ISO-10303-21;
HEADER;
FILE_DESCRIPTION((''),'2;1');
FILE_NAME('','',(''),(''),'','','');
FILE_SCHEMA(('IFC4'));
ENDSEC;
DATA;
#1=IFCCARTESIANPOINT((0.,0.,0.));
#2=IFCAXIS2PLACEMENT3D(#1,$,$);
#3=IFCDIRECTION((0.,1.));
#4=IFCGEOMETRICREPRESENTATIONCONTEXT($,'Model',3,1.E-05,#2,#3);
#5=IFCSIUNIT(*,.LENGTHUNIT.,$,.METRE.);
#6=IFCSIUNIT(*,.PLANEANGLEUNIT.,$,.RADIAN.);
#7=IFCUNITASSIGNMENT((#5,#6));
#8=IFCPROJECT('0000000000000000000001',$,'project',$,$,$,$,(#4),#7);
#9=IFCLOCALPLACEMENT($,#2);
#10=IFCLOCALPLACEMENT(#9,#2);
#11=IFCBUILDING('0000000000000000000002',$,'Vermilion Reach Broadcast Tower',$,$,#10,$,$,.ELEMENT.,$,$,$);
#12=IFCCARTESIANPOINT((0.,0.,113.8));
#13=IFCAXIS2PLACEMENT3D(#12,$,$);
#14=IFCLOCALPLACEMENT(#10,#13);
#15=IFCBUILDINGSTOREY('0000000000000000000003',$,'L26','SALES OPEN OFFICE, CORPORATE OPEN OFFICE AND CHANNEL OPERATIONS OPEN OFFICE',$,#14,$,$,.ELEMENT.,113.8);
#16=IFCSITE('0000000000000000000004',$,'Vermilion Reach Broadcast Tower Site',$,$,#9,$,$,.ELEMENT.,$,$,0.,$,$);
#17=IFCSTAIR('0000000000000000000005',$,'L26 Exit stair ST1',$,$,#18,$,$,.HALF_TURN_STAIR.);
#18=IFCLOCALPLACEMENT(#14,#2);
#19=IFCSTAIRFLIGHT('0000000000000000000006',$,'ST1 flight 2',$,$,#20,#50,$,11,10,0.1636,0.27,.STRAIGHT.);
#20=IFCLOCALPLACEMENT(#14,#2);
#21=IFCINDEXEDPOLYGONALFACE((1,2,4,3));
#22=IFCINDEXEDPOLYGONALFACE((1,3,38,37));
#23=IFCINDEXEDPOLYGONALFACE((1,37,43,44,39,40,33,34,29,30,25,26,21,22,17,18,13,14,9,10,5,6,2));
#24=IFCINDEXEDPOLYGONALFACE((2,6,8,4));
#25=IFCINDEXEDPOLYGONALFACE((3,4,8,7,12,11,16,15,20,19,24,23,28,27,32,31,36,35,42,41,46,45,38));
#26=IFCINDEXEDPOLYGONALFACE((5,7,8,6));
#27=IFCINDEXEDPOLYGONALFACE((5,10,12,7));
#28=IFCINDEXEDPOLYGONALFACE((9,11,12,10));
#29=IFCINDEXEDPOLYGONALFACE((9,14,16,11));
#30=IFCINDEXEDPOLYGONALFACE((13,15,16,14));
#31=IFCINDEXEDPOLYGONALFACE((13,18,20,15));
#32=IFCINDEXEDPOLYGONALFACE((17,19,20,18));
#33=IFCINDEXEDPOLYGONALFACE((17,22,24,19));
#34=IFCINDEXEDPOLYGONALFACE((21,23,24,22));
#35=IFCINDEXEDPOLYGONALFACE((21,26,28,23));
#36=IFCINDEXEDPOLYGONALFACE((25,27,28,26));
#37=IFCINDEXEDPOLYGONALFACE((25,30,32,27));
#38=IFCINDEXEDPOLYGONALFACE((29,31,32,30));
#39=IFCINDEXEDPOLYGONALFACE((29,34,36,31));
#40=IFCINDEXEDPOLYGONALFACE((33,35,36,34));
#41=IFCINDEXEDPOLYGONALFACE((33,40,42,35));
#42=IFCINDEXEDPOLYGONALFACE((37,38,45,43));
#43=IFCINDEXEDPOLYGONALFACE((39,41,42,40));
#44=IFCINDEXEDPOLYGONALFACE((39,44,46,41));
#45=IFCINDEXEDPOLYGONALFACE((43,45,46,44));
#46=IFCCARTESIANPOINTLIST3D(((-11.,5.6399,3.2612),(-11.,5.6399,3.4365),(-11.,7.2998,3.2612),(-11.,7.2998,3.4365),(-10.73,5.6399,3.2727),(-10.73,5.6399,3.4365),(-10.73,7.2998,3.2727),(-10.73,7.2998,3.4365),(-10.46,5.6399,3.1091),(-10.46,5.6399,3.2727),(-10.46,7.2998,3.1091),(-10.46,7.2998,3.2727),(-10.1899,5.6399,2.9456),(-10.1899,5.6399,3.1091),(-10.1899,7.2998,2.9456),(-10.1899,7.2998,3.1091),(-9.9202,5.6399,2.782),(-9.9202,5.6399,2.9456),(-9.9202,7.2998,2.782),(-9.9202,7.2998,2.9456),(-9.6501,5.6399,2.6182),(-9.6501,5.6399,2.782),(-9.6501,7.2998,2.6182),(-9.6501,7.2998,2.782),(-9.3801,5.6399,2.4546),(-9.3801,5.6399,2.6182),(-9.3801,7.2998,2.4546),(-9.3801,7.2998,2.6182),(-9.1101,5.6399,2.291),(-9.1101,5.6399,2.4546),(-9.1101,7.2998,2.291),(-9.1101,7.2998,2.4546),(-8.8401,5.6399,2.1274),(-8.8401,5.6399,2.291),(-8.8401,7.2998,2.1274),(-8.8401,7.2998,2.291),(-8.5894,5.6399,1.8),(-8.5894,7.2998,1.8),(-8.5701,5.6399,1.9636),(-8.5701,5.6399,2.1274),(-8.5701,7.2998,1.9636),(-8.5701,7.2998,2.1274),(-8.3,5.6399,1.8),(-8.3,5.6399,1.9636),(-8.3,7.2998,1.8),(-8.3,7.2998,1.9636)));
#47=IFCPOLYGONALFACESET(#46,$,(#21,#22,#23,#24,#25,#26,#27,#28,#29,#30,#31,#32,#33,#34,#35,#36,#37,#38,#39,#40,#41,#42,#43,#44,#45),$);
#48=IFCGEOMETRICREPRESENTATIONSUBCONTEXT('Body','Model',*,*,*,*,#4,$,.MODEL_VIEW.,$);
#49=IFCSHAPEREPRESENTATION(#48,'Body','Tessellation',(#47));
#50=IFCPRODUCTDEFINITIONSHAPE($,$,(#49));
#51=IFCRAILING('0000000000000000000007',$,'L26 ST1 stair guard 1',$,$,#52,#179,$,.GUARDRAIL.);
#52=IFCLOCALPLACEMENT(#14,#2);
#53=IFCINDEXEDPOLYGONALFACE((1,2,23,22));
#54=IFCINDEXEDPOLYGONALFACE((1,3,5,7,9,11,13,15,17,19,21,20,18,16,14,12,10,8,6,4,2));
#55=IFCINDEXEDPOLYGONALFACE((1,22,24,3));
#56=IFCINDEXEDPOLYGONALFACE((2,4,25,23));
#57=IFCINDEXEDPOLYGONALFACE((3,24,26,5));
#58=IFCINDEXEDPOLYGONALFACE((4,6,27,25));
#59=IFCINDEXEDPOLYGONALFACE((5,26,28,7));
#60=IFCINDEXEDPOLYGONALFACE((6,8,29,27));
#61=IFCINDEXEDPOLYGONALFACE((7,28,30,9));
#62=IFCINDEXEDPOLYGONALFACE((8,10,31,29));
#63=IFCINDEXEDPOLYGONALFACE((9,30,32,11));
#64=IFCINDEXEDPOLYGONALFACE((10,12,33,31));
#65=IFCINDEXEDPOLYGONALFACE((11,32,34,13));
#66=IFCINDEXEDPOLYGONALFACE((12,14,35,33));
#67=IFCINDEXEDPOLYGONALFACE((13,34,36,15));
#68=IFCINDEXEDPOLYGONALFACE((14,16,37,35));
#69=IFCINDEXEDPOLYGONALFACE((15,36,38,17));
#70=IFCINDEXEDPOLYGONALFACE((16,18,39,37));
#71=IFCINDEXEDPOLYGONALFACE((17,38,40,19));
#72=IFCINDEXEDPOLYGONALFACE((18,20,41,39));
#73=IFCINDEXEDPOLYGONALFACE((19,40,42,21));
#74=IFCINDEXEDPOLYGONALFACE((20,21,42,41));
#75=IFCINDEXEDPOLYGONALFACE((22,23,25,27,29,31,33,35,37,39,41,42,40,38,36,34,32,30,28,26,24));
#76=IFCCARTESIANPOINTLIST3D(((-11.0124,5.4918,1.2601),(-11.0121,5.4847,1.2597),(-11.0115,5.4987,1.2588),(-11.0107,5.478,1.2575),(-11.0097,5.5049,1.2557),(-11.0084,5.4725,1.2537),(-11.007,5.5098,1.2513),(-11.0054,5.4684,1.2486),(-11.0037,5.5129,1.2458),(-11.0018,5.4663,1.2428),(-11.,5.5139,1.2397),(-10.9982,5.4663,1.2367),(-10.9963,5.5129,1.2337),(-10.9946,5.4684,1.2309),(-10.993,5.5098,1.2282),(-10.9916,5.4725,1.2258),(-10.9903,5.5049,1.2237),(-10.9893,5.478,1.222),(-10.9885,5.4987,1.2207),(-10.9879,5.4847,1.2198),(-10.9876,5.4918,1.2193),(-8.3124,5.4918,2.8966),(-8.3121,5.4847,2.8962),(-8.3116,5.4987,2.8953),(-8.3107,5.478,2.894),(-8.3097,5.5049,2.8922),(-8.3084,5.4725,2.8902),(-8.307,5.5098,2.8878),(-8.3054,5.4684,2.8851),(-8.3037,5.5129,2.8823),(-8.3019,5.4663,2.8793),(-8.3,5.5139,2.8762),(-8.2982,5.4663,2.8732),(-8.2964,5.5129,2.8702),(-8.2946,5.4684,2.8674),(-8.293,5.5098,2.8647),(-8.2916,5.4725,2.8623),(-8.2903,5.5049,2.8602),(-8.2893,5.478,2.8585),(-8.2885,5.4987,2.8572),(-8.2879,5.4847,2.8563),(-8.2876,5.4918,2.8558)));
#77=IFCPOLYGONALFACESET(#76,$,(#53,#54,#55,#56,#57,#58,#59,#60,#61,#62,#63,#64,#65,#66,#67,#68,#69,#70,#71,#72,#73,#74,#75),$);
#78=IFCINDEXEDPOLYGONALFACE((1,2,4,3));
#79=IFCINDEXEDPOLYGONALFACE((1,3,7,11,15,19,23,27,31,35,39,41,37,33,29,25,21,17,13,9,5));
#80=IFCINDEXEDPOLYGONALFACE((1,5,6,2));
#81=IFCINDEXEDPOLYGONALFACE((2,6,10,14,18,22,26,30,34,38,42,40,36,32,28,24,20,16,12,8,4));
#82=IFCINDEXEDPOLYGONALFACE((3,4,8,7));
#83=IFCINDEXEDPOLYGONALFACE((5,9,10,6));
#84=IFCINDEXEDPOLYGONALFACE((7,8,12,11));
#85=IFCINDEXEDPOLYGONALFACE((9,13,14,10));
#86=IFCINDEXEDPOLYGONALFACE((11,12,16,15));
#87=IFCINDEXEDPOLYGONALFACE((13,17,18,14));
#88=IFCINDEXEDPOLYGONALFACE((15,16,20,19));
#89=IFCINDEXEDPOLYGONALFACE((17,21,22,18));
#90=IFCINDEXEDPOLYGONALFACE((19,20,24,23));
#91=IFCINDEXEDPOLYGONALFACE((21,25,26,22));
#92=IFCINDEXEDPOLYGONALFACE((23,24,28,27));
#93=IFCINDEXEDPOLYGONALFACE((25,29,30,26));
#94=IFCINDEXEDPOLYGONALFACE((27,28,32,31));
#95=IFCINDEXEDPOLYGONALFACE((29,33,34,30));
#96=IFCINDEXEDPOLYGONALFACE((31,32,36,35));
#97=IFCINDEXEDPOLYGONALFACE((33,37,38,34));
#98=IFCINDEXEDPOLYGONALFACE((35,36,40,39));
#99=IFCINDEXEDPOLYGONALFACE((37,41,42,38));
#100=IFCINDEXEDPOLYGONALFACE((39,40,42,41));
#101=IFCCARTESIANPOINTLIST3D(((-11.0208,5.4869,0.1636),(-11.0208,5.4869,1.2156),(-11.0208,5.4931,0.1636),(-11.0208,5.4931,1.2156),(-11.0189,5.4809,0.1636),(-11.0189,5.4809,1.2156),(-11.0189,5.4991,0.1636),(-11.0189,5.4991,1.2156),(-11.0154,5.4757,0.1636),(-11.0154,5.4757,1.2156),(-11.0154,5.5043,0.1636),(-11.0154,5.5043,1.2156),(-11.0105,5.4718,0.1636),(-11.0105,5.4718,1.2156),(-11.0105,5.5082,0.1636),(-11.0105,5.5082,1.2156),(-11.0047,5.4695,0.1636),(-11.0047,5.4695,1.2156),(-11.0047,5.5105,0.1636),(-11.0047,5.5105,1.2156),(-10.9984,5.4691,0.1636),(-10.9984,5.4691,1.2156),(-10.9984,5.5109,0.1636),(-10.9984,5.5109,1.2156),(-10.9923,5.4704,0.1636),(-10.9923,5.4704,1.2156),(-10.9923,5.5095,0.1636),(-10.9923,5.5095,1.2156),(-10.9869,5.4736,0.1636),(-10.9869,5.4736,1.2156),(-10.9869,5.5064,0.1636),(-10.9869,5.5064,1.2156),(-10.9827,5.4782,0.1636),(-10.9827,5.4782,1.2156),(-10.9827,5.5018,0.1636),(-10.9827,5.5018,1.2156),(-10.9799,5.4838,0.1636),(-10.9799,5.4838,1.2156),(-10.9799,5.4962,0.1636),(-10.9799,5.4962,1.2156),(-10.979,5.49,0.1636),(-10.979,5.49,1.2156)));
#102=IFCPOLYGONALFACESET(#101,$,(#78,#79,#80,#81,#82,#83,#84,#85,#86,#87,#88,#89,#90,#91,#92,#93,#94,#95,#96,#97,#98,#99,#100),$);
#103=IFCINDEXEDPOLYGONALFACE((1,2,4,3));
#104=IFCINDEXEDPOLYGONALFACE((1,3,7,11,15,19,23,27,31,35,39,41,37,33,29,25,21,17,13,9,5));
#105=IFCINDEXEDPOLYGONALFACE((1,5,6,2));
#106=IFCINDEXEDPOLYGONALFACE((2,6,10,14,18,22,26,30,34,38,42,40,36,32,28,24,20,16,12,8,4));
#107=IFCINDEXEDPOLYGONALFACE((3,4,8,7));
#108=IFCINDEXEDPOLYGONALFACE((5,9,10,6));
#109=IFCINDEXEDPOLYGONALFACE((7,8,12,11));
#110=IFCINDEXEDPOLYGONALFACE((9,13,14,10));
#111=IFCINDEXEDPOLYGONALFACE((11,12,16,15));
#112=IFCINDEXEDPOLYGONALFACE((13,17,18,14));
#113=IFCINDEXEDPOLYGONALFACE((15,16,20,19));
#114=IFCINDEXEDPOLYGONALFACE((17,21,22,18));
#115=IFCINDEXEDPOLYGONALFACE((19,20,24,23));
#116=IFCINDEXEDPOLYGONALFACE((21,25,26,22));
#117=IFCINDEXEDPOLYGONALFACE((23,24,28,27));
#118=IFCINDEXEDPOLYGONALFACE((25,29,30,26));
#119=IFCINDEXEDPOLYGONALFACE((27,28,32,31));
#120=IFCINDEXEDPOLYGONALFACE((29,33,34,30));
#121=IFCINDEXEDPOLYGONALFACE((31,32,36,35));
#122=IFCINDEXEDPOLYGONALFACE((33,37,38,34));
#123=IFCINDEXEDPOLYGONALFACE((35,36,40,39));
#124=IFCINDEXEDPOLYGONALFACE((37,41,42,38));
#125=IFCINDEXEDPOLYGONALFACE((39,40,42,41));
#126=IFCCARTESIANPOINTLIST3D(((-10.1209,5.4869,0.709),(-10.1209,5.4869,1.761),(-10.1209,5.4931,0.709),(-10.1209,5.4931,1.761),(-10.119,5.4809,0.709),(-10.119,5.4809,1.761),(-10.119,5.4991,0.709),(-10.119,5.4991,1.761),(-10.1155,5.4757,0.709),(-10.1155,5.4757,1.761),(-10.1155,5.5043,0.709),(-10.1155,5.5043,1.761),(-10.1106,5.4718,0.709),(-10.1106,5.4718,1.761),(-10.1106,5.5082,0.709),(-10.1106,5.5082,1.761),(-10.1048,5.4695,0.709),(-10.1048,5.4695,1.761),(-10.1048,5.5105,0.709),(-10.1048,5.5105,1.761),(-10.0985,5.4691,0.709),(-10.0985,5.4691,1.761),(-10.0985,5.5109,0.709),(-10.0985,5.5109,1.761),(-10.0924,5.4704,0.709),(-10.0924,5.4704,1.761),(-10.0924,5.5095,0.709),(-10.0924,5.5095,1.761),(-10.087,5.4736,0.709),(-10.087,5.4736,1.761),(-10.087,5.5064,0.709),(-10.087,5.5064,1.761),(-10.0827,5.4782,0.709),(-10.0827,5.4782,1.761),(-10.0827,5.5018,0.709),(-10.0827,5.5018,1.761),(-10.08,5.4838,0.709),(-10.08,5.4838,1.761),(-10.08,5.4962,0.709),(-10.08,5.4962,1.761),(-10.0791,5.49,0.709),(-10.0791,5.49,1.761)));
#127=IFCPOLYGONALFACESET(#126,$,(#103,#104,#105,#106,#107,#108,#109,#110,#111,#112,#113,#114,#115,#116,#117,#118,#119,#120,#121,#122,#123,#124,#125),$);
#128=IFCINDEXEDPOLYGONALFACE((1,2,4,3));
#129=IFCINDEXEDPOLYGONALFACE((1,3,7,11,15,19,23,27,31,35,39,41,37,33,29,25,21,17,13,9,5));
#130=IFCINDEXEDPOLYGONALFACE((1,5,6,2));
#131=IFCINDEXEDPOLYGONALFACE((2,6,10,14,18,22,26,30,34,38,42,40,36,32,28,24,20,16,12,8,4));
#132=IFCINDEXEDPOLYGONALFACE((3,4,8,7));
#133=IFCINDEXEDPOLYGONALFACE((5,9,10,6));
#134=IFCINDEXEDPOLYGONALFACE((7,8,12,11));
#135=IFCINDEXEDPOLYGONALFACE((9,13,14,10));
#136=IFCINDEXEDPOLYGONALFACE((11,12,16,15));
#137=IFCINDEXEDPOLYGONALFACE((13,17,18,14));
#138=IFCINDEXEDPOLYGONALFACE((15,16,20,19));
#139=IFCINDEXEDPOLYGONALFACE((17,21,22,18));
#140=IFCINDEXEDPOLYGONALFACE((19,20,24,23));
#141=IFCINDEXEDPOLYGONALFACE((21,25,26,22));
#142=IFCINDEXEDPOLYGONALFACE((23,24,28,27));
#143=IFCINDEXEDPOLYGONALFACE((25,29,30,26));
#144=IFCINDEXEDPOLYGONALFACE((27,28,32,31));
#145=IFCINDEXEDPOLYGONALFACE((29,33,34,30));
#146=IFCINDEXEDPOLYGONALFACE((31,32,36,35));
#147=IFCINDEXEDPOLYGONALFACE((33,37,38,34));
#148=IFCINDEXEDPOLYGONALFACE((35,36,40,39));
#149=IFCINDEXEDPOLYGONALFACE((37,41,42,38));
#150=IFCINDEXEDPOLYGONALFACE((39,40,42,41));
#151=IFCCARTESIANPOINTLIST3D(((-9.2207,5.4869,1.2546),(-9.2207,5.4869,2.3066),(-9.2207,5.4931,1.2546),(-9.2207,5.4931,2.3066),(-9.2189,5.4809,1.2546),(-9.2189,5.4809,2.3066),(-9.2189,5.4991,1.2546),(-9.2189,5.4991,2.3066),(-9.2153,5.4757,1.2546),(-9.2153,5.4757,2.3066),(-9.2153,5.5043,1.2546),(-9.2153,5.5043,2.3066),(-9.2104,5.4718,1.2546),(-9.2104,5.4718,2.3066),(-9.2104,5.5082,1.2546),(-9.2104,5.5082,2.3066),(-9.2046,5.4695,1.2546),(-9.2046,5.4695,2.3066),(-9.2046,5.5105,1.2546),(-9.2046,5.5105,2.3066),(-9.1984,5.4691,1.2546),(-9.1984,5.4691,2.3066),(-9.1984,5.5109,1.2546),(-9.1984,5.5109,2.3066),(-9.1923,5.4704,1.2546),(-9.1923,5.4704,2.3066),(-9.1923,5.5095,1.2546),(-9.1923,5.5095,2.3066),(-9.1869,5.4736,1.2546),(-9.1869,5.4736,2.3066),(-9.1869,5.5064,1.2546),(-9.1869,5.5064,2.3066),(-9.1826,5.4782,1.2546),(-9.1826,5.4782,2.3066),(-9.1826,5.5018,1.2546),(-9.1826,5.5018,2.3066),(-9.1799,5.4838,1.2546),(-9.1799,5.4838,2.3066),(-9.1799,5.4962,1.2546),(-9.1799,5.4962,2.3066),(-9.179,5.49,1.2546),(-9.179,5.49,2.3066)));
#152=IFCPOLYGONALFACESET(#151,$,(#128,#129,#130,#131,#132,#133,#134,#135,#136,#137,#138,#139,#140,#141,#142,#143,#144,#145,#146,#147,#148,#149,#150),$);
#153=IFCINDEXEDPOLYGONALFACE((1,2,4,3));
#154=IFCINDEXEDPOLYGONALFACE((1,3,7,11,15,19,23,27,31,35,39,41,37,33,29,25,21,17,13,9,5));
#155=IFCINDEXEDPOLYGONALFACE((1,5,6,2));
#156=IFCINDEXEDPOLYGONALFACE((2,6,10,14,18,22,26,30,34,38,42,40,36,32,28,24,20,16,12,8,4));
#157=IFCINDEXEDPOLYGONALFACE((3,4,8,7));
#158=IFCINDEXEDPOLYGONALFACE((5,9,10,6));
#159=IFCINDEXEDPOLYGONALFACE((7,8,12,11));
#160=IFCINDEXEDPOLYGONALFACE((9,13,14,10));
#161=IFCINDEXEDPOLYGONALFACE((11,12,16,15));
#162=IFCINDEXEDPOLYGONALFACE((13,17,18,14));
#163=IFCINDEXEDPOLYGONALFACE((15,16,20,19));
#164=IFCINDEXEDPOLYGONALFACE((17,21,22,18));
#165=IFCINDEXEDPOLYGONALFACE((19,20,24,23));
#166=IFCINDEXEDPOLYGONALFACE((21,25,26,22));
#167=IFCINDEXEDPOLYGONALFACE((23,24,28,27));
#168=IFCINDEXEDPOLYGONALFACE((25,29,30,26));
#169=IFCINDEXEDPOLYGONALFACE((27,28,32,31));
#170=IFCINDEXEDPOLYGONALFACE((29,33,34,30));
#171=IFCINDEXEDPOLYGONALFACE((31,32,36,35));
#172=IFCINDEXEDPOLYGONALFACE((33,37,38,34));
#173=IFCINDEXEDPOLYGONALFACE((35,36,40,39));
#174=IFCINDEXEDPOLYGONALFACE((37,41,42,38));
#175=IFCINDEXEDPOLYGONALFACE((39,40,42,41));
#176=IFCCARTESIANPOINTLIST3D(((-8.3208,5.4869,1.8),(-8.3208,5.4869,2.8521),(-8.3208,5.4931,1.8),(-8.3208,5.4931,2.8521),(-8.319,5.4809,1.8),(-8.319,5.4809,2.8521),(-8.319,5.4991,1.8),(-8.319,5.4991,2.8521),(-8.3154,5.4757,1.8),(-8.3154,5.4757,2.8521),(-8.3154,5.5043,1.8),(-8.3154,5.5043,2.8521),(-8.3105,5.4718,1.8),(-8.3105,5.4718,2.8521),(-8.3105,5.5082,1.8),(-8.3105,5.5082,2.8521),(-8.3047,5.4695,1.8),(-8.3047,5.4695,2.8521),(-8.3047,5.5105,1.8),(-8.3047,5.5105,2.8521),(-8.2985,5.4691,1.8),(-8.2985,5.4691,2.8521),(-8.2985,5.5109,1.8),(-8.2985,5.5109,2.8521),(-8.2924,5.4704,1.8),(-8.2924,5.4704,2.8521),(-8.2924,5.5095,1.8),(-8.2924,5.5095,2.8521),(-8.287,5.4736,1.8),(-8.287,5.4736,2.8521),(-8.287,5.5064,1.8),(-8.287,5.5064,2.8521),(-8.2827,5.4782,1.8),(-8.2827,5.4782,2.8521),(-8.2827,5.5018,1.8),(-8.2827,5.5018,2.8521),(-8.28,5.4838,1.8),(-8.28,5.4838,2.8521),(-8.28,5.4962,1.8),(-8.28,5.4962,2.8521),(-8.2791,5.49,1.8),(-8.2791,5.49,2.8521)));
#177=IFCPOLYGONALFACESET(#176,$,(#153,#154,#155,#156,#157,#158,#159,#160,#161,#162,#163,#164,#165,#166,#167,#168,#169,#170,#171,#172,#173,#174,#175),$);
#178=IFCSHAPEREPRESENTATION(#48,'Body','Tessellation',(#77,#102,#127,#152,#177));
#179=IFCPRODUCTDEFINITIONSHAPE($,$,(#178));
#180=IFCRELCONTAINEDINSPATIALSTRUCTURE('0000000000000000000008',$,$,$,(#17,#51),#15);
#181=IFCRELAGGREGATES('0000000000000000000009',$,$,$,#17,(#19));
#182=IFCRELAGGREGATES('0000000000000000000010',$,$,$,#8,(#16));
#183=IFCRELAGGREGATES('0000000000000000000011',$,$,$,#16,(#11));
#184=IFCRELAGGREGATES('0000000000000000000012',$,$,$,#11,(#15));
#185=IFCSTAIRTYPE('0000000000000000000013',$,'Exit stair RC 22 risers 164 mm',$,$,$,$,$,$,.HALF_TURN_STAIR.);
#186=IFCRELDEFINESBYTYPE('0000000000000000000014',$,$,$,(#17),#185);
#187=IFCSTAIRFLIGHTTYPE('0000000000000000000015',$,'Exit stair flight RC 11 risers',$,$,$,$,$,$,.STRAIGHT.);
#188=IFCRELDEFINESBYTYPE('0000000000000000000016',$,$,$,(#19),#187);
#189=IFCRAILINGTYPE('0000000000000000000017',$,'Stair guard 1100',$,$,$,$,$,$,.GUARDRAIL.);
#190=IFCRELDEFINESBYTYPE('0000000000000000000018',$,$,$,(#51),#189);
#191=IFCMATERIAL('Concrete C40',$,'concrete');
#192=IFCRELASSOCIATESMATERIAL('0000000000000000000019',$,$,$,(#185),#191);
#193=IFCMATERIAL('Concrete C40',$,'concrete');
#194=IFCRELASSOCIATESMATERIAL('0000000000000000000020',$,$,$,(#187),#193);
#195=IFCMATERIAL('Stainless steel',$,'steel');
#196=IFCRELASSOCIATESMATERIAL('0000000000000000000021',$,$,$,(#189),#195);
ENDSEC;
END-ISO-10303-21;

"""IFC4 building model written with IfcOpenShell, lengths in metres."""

from ifc_helpers import new_model, si_unit, direction, frame, origin, origin_2d, place, context, subcontext, project, spatial, polyline, circle, outline, extrude, material, type_object, element, aggregate, save


model = new_model("IFC4")

# Units and contexts
model_context = context("Model", 3, precision=1e-05, world=origin(), true_north=direction((0.0, 1.0)))
body_context = subcontext(model_context, "Body", "Model", "MODEL_VIEW")
ifc_project = project(units=[si_unit("LENGTHUNIT", "METRE"), si_unit("PLANEANGLEUNIT", "RADIAN")], contexts=[model_context])

# Site, building, storey
site_placement = place(None, origin())
site = spatial("IfcSite", under=ifc_project, at=site_placement, Name="Vermilion Reach Broadcast Tower Site", CompositionType="ELEMENT", RefElevation=0.0)
building_placement = place(site_placement, origin())
building = spatial("IfcBuilding", under=site, at=building_placement, Name="Vermilion Reach Broadcast Tower", CompositionType="ELEMENT")
storey_placement = place(building_placement, frame((0.0, 0.0, 113.8)))
storey = spatial("IfcBuildingStorey", under=building, at=storey_placement, Name="L26", Description="SALES OPEN OFFICE, CORPORATE OPEN OFFICE AND CHANNEL OPERATIONS OPEN OFFICE", CompositionType="ELEMENT", Elevation=113.8)

# Shared definitions
placement = place(storey_placement, origin())

# Stair, stair flight
ifc_material_1 = material(Name="Concrete C40", Category="concrete")
stair_type = type_object("IfcStairType", Name="Exit stair RC 22 risers 164 mm", PredefinedType="HALF_TURN_STAIR", material=ifc_material_1)
stair = element("IfcStair", 1, at=placement, inside=storey, type_object=stair_type, Name="L26 Exit stair ST1", PredefinedType="HALF_TURN_STAIR")
ifc_material_2 = material(Name="Concrete C40", Category="concrete")
stair_flight_type = type_object("IfcStairFlightType", Name="Exit stair flight RC 11 risers", PredefinedType="STRAIGHT", material=ifc_material_2)
stair_flight_1_placement = place(storey_placement, frame((-8.3, 6.47, 1.8), z_axis=(0.0, 0.0, 1.0), x_axis=(-1.0, 0.0, 0.0)))
stair_flight_1 = element("IfcStairFlight", 2, at=stair_flight_1_placement, type_object=stair_flight_type, Name="ST1 flight 2", NumberOfRisers=11, NumberOfTreads=10, PredefinedType="STRAIGHT", RiserHeight=0.1636, TreadLength=0.27, context=body_context, shape_type="SweptSolid", body=[
    extrude(outline(polyline([(0.0, 0.0), (0.0, 0.1636), (0.27, 0.1636), (0.27, 0.3274), (0.54, 0.3274), (0.54, 0.491), (0.8101, 0.491), (0.8101, 0.6545), (1.0801, 0.6545), (1.0801, 0.8181), (1.3501, 0.8181), (1.3501, 0.9819), (1.6201, 0.9819), (1.6201, 1.1455), (1.8899, 1.1455), (1.8899, 1.3091), (2.1599, 1.3091), (2.1599, 1.4727), (2.4299, 1.4727), (2.4299, 1.6365), (2.7, 1.6365), (2.7, 1.8), (2.7, 1.4612), (0.2893, 0.0), (0.0, 0.0)])), frame((0.0, 0.8301, 0.0), z_axis=(0.0, -1.0, 0.0), x_axis=(1.0, 0.0, 0.0)), (0.0, 0.0, 1.0), 1.6599),
])
aggregate(stair, [stair_flight_1])

# Railing
ifc_material_3 = material(Name="Stainless steel", Category="steel")
railing_type_1 = type_object("IfcRailingType", Name="Stair guard 1100", PredefinedType="GUARDRAIL", material=ifc_material_3)
railing_1_placement = place(storey_placement, frame((-11.0, 5.49, 0.1636)))
element("IfcRailing", 3, at=railing_1_placement, inside=storey, type_object=railing_type_1, Name="L26 ST1 stair guard 1", PredefinedType="GUARDRAIL", context=body_context, shape_type="SweptSolid", body=[
    extrude(circle(Radius=0.0239, at=origin_2d()), frame((0.0, 0.0, 1.0762), z_axis=(0.855178, 0.0, 0.518334), x_axis=(0.0, 1.0, 0.0)), (0.0, 0.0, 1.0), 3.1572),
    extrude(circle(Radius=0.021, at=origin_2d()), origin(), (0.0, 0.0, 1.0), 1.052),
    extrude(circle(Radius=0.021, at=origin_2d()), frame((0.8999, 0.0, 0.5454)), (0.0, 0.0, 1.0), 1.052),
    extrude(circle(Radius=0.021, at=origin_2d()), frame((1.8, 0.0, 1.0911)), (0.0, 0.0, 1.0), 1.052),
    extrude(circle(Radius=0.021, at=origin_2d()), frame((2.7, 0.0, 1.6365)), (0.0, 0.0, 1.0), 1.052),
])

save(model, "model.ifc")
